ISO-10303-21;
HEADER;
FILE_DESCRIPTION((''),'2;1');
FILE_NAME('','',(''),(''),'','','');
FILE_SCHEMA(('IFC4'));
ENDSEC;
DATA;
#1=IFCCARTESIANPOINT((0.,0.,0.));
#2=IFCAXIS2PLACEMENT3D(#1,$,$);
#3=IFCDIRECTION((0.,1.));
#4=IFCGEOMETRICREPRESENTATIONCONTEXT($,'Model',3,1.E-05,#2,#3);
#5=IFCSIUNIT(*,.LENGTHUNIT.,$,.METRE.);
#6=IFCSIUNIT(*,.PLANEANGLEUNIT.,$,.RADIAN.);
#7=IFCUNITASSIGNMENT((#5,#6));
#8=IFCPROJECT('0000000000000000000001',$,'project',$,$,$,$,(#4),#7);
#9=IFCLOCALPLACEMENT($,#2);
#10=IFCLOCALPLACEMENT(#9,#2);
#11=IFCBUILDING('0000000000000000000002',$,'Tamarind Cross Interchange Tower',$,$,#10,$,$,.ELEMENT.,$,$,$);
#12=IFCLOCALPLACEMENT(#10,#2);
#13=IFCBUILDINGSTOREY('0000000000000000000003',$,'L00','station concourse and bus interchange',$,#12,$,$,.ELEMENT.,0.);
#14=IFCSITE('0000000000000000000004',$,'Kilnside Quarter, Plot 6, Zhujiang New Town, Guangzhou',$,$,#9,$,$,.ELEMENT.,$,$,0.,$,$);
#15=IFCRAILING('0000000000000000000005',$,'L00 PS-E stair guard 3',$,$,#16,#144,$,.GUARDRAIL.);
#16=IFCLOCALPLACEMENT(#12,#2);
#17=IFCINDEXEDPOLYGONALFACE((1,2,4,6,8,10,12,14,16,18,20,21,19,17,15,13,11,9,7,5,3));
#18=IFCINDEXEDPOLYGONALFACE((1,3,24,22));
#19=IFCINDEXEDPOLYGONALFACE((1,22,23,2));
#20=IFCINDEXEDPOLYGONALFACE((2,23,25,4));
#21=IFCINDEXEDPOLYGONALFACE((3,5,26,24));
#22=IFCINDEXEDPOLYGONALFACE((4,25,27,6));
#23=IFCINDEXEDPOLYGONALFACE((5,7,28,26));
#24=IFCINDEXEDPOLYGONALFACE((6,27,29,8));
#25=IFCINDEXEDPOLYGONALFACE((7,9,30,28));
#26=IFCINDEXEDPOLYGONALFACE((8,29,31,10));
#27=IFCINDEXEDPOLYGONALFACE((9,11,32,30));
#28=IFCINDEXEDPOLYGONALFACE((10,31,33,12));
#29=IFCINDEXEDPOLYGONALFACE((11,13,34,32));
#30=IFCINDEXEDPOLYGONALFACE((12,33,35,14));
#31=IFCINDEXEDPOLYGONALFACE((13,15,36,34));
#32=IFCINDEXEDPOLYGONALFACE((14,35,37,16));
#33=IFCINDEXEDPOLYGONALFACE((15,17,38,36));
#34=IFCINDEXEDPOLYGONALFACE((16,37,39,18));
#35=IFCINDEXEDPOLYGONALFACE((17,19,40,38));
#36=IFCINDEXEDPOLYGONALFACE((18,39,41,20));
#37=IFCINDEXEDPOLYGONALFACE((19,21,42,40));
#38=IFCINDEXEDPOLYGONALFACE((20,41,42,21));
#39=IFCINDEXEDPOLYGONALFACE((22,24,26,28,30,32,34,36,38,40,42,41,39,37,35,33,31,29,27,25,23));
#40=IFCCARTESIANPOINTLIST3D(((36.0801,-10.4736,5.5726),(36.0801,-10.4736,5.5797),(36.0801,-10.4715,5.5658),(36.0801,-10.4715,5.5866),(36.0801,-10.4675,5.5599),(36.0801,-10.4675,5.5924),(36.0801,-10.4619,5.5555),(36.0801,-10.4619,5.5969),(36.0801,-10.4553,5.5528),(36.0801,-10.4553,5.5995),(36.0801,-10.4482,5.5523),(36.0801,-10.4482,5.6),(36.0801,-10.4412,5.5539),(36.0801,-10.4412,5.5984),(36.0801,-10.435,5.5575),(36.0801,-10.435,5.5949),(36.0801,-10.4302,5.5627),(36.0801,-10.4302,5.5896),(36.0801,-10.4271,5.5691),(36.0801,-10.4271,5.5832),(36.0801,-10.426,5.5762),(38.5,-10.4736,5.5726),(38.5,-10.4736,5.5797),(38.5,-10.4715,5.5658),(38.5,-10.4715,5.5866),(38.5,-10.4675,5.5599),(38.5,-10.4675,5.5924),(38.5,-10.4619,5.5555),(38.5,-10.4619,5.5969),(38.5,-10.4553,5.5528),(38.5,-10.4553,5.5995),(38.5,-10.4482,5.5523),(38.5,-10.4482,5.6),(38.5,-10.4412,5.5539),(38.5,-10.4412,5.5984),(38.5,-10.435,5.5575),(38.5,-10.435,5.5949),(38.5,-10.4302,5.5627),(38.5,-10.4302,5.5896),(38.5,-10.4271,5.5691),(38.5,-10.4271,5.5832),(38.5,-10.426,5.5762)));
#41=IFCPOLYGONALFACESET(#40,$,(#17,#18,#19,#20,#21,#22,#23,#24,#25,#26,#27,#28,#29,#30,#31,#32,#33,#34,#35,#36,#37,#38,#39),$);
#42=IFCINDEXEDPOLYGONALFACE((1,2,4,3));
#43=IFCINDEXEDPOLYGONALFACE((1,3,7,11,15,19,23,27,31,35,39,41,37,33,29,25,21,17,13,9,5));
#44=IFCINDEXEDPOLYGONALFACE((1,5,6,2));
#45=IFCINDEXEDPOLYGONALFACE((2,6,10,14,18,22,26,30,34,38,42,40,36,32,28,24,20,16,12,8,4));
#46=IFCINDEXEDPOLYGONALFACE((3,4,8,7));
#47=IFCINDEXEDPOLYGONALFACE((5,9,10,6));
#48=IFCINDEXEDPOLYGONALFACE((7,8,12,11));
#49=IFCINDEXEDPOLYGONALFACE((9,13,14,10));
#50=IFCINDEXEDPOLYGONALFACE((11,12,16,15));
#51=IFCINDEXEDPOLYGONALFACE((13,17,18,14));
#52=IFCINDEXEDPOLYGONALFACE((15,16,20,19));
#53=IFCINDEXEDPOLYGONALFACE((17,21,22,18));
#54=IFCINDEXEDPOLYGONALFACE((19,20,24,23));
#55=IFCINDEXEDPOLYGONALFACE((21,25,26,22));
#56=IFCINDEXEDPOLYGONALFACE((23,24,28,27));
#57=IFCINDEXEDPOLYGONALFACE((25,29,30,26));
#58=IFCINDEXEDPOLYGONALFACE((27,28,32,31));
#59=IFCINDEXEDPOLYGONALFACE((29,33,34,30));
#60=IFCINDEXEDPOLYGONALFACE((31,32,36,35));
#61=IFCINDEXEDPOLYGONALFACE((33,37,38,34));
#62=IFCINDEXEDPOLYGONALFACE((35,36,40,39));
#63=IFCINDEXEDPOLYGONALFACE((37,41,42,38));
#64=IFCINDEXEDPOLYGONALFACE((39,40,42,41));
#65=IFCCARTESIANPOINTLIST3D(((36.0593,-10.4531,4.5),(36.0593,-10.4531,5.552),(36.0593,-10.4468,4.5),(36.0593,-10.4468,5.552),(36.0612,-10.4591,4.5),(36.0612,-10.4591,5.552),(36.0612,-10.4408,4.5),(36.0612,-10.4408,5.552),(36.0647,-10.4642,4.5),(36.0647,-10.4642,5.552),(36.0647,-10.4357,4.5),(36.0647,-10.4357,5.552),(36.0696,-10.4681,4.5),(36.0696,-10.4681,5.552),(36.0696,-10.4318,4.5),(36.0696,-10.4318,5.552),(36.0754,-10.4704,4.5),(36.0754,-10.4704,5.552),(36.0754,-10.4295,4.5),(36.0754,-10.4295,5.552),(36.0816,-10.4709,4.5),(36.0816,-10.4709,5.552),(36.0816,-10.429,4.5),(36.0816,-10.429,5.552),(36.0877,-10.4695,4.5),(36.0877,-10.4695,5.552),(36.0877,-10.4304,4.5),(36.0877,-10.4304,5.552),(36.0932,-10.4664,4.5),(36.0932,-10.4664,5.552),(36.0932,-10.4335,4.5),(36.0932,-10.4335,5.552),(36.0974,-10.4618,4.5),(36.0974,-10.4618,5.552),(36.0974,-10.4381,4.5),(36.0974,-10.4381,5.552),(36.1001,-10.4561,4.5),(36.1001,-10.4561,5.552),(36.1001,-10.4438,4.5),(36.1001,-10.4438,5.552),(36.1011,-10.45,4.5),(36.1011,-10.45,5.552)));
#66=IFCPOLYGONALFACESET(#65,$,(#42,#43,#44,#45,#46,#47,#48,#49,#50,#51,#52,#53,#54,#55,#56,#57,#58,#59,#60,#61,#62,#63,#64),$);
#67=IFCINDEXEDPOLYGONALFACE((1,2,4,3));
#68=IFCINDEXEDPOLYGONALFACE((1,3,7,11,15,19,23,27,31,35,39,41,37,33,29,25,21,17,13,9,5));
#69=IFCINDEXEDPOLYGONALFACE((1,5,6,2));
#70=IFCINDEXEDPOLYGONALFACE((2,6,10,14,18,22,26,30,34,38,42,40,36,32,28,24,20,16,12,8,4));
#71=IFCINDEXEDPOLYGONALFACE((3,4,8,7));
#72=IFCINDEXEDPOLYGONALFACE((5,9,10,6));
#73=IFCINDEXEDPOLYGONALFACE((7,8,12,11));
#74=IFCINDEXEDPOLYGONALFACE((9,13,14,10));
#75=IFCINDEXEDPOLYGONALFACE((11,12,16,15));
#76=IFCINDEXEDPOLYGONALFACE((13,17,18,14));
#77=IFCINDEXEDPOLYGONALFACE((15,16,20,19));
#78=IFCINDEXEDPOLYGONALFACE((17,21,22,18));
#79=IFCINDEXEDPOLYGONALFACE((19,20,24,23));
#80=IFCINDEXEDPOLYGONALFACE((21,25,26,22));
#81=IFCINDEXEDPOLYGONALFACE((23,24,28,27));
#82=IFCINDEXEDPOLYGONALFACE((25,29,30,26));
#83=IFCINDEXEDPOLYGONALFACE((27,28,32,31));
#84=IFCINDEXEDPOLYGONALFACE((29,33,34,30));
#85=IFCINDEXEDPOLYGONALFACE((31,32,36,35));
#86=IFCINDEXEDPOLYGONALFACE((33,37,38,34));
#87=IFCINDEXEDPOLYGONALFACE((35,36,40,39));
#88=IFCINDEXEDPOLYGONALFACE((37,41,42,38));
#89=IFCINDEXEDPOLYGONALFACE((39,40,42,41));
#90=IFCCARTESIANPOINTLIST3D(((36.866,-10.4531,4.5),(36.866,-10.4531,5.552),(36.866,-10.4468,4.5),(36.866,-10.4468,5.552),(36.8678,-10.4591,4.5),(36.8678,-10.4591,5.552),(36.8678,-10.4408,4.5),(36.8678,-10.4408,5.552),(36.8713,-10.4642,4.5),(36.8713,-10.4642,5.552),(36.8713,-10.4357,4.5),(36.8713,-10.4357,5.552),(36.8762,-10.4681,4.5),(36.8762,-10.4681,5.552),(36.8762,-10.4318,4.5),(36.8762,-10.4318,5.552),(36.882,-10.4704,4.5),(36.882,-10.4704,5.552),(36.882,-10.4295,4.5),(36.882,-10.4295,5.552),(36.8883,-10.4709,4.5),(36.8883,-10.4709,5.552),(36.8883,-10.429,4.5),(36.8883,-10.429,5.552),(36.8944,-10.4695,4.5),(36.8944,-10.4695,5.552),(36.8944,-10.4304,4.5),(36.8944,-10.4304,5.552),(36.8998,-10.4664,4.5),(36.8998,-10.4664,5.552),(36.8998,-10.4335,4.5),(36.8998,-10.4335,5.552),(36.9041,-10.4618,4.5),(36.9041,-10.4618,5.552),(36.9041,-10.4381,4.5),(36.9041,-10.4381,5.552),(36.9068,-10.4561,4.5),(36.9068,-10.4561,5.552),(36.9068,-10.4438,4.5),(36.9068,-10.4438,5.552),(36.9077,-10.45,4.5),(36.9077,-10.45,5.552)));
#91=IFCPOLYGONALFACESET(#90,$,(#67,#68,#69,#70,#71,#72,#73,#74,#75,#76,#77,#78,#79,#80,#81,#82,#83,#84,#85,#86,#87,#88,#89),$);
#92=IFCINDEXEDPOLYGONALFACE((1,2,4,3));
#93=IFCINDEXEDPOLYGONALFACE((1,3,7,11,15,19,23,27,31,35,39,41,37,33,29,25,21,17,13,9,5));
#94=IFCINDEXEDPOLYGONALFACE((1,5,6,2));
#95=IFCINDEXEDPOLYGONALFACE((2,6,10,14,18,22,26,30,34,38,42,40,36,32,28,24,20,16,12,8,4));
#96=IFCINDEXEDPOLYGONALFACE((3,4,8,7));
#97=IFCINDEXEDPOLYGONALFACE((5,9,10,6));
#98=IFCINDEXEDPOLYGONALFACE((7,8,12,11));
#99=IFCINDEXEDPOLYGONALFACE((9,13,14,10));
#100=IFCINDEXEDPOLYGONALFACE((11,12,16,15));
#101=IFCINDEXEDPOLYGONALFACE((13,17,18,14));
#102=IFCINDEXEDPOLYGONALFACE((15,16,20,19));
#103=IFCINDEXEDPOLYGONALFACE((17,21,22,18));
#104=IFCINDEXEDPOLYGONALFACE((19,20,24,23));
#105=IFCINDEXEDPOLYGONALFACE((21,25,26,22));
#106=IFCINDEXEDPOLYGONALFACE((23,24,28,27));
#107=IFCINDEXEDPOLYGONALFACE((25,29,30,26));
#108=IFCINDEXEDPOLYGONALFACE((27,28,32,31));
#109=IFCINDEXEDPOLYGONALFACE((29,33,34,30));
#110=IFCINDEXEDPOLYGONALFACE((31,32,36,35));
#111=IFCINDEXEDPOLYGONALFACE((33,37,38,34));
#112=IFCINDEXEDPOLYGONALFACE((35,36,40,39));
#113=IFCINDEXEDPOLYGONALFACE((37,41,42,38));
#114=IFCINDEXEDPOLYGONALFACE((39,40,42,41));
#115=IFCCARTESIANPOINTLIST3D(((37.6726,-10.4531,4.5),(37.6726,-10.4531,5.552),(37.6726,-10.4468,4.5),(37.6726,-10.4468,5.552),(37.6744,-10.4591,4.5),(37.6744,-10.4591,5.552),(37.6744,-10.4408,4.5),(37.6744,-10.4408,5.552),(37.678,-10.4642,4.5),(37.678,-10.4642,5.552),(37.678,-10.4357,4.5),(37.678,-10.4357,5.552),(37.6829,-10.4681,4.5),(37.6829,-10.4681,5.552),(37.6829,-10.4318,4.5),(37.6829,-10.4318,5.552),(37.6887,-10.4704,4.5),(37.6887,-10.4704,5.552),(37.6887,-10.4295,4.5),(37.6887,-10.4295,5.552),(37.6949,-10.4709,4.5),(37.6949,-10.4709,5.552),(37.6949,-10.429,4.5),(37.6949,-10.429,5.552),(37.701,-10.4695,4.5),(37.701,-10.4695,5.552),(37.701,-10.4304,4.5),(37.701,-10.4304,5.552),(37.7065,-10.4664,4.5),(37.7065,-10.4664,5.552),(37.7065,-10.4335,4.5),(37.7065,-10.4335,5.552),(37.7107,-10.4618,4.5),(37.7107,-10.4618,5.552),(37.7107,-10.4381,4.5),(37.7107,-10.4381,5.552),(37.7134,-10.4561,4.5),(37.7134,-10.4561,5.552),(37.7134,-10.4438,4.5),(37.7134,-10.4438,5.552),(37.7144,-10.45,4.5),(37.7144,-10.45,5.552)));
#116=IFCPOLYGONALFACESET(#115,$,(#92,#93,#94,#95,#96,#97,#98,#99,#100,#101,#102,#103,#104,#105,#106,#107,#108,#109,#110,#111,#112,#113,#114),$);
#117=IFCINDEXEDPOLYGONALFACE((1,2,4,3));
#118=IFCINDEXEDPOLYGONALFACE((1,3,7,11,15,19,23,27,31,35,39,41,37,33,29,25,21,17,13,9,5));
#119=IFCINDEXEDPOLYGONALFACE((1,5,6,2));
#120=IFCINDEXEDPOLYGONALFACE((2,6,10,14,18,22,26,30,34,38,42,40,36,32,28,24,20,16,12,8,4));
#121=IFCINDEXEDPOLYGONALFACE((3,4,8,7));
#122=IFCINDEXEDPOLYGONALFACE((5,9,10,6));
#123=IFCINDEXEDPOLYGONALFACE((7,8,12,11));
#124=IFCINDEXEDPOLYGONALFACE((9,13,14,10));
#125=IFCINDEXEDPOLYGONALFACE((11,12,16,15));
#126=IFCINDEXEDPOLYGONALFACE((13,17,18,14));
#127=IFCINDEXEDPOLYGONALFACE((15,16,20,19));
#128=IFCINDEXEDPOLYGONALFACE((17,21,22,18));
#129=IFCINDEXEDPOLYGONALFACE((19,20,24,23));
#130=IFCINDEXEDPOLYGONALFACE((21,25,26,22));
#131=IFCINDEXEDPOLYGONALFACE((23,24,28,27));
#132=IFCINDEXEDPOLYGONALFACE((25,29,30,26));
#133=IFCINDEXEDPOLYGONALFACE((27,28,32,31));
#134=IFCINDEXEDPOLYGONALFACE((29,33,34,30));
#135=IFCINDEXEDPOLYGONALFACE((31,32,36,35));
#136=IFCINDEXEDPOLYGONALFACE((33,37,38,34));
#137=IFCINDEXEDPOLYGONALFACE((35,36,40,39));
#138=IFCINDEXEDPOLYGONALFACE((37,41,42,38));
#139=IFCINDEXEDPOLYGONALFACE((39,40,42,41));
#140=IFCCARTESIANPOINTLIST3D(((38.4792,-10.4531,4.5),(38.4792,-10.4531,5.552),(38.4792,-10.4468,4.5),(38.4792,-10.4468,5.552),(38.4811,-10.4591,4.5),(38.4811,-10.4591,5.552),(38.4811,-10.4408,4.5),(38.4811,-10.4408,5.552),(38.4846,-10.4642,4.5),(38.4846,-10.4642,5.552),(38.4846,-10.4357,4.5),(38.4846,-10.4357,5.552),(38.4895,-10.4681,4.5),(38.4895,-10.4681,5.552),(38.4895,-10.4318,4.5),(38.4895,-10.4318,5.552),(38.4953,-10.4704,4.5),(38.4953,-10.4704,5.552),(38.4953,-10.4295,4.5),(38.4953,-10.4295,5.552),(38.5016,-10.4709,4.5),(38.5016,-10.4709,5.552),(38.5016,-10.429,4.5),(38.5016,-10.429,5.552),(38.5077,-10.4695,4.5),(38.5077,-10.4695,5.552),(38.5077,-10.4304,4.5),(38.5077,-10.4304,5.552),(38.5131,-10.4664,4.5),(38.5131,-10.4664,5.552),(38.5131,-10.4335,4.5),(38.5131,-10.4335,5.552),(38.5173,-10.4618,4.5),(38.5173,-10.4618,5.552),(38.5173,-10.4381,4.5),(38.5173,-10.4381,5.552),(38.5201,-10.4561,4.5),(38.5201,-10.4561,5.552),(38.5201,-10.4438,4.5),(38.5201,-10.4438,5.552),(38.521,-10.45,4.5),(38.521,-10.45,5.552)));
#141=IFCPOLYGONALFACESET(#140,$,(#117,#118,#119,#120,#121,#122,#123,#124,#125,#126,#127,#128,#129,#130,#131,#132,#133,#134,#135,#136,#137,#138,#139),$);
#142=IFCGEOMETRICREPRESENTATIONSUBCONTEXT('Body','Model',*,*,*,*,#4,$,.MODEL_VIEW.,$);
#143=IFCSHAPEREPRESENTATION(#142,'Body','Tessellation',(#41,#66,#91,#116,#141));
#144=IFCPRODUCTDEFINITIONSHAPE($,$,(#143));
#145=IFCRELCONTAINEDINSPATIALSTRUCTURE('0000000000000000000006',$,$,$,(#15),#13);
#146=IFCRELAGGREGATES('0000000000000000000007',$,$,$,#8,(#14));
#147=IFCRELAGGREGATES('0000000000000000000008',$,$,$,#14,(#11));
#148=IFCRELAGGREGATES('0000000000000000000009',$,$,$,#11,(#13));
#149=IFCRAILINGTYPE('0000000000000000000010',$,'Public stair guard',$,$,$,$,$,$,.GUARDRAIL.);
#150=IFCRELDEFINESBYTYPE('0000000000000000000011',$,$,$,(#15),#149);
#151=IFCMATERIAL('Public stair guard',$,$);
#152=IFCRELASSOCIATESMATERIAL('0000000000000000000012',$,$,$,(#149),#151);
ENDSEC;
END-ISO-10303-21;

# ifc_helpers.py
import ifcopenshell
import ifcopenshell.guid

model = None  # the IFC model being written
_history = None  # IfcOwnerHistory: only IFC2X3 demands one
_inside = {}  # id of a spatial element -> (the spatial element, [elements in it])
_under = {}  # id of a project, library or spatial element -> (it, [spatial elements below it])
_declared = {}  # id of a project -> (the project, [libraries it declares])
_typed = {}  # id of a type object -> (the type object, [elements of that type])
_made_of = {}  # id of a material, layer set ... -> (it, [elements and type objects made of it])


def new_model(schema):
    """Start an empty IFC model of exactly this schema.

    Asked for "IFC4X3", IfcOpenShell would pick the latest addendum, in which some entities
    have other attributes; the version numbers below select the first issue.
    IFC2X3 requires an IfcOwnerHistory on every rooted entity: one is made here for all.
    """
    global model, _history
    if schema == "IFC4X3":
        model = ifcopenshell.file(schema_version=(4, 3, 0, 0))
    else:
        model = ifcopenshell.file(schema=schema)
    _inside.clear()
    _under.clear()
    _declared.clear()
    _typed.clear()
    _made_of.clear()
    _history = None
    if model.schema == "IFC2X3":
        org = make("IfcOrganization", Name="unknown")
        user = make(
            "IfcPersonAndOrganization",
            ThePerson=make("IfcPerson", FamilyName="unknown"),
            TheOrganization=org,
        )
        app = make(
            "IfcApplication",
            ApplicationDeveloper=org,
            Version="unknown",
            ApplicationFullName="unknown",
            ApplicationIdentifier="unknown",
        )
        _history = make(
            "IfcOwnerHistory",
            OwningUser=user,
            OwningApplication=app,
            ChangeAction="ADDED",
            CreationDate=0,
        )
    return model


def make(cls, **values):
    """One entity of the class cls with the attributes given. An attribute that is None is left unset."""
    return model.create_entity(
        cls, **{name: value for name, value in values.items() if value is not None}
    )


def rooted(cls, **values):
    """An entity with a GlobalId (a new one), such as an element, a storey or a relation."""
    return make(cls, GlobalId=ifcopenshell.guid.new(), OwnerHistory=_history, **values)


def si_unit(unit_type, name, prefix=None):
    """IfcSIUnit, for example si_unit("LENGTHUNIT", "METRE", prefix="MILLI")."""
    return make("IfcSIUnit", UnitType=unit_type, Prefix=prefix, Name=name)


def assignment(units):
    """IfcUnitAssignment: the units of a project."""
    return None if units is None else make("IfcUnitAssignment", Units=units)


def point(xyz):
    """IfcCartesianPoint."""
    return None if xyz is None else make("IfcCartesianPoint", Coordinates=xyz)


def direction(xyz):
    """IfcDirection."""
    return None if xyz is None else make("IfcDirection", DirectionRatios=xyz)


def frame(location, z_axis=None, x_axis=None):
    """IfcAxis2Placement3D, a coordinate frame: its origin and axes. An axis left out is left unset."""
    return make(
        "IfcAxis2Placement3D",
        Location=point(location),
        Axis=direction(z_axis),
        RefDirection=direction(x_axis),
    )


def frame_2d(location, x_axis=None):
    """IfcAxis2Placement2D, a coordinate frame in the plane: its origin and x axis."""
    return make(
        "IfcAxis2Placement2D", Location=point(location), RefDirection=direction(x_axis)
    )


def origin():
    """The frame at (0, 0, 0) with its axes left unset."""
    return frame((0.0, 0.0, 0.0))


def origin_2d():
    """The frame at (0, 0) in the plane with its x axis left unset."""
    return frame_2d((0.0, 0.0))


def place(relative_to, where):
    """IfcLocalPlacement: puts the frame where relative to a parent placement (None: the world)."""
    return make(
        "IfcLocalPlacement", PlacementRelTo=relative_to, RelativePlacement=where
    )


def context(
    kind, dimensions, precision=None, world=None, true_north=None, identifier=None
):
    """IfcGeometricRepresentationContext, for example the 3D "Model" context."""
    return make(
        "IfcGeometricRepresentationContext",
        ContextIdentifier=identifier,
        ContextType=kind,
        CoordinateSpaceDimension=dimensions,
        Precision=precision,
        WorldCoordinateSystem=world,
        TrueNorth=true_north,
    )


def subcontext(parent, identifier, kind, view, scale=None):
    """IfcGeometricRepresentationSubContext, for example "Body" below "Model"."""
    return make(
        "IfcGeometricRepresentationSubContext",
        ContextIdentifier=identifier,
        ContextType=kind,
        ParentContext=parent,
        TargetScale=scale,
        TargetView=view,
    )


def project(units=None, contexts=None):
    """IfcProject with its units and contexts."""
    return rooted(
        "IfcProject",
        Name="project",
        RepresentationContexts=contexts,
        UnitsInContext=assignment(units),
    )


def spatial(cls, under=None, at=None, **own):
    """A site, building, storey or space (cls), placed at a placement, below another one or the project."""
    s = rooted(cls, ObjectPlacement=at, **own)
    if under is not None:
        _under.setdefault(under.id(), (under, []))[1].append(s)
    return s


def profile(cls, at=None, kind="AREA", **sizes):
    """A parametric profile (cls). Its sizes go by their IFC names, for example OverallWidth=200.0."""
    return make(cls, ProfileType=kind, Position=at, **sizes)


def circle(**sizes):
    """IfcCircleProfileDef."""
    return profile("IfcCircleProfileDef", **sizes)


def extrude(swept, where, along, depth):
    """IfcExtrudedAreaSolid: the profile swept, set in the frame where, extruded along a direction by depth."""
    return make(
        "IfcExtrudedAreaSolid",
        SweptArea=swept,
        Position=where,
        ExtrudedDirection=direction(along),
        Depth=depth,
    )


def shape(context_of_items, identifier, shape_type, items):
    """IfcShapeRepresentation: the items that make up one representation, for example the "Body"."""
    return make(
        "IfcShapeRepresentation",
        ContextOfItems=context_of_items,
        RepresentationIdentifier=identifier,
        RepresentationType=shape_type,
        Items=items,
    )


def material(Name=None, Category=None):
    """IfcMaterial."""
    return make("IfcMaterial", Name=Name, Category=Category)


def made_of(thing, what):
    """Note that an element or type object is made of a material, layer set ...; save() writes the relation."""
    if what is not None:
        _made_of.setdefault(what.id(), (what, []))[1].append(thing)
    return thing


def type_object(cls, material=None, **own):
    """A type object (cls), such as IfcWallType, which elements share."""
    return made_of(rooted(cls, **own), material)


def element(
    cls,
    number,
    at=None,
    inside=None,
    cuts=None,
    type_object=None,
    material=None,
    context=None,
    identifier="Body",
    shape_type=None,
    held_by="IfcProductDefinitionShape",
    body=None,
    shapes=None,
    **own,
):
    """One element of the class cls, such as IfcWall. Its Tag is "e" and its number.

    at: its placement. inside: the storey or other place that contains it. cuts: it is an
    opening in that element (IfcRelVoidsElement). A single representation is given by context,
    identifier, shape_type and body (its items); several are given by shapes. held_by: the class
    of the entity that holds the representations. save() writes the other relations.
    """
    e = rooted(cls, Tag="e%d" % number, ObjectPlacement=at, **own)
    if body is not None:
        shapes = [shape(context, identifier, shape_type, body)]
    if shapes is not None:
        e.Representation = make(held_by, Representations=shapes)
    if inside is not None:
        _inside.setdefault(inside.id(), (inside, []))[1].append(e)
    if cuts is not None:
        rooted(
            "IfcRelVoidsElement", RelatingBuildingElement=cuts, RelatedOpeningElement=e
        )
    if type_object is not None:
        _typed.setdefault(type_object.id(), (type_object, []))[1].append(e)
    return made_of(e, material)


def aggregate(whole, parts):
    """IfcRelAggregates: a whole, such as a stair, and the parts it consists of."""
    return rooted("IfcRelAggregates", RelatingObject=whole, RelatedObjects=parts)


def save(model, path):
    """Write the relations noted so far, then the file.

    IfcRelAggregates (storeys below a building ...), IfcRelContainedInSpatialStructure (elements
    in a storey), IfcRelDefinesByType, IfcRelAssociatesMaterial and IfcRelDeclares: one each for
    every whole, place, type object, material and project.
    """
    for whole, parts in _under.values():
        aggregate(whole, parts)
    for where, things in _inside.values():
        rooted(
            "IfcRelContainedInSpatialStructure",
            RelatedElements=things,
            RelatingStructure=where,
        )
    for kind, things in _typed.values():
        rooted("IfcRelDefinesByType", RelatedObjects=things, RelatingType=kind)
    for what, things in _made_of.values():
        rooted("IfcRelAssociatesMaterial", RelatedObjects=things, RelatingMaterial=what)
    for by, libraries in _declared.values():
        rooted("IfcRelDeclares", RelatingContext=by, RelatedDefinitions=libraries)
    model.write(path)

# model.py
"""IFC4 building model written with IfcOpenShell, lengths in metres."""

from ifc_helpers import new_model, si_unit, direction, frame, origin, origin_2d, place, context, subcontext, project, spatial, circle, extrude, material, type_object, element, save


model = new_model("IFC4")

# Units and contexts
model_context = context("Model", 3, precision=1e-05, world=origin(), true_north=direction((0.0, 1.0)))
body_context = subcontext(model_context, "Body", "Model", "MODEL_VIEW")
ifc_project = project(units=[si_unit("LENGTHUNIT", "METRE"), si_unit("PLANEANGLEUNIT", "RADIAN")], contexts=[model_context])

# Site, building, storey
site_placement = place(None, origin())
site = spatial("IfcSite", under=ifc_project, at=site_placement, Name="Kilnside Quarter, Plot 6, Zhujiang New Town, Guangzhou", CompositionType="ELEMENT", RefElevation=0.0)
building_placement = place(site_placement, origin())
building = spatial("IfcBuilding", under=site, at=building_placement, Name="Tamarind Cross Interchange Tower", CompositionType="ELEMENT")
storey_placement = place(building_placement, origin())
storey = spatial("IfcBuildingStorey", under=building, at=storey_placement, Name="L00", Description="station concourse and bus interchange", CompositionType="ELEMENT", Elevation=0.0)

# Railing
ifc_material_1 = material(Name="Public stair guard")
railing_type_1 = type_object("IfcRailingType", Name="Public stair guard", PredefinedType="GUARDRAIL", material=ifc_material_1)
for number, where, name in (
    (1, (36.0801, -10.45, 4.5), "L00 PS-E stair guard 3"),
):
    element("IfcRailing", number, at=place(storey_placement, frame(where)), inside=storey, type_object=railing_type_1, Name=name, PredefinedType="GUARDRAIL", context=body_context, shape_type="SweptSolid", body=[
        extrude(circle(Radius=0.0239, at=origin_2d()), frame((0.0, 0.0, 1.0762), z_axis=(1.0, 0.0, 0.0), x_axis=(0.0, 1.0, 0.0)), (0.0, 0.0, 1.0), 2.4199),
        extrude(circle(Radius=0.021, at=origin_2d()), origin(), (0.0, 0.0, 1.0), 1.052),
        extrude(circle(Radius=0.021, at=origin_2d()), frame((0.8066, 0.0, 0.0)), (0.0, 0.0, 1.0), 1.052),
        extrude(circle(Radius=0.021, at=origin_2d()), frame((1.6133, 0.0, 0.0)), (0.0, 0.0, 1.0), 1.052),
        extrude(circle(Radius=0.021, at=origin_2d()), frame((2.4199, 0.0, 0.0)), (0.0, 0.0, 1.0), 1.052),
    ])

save(model, "model.ifc")
